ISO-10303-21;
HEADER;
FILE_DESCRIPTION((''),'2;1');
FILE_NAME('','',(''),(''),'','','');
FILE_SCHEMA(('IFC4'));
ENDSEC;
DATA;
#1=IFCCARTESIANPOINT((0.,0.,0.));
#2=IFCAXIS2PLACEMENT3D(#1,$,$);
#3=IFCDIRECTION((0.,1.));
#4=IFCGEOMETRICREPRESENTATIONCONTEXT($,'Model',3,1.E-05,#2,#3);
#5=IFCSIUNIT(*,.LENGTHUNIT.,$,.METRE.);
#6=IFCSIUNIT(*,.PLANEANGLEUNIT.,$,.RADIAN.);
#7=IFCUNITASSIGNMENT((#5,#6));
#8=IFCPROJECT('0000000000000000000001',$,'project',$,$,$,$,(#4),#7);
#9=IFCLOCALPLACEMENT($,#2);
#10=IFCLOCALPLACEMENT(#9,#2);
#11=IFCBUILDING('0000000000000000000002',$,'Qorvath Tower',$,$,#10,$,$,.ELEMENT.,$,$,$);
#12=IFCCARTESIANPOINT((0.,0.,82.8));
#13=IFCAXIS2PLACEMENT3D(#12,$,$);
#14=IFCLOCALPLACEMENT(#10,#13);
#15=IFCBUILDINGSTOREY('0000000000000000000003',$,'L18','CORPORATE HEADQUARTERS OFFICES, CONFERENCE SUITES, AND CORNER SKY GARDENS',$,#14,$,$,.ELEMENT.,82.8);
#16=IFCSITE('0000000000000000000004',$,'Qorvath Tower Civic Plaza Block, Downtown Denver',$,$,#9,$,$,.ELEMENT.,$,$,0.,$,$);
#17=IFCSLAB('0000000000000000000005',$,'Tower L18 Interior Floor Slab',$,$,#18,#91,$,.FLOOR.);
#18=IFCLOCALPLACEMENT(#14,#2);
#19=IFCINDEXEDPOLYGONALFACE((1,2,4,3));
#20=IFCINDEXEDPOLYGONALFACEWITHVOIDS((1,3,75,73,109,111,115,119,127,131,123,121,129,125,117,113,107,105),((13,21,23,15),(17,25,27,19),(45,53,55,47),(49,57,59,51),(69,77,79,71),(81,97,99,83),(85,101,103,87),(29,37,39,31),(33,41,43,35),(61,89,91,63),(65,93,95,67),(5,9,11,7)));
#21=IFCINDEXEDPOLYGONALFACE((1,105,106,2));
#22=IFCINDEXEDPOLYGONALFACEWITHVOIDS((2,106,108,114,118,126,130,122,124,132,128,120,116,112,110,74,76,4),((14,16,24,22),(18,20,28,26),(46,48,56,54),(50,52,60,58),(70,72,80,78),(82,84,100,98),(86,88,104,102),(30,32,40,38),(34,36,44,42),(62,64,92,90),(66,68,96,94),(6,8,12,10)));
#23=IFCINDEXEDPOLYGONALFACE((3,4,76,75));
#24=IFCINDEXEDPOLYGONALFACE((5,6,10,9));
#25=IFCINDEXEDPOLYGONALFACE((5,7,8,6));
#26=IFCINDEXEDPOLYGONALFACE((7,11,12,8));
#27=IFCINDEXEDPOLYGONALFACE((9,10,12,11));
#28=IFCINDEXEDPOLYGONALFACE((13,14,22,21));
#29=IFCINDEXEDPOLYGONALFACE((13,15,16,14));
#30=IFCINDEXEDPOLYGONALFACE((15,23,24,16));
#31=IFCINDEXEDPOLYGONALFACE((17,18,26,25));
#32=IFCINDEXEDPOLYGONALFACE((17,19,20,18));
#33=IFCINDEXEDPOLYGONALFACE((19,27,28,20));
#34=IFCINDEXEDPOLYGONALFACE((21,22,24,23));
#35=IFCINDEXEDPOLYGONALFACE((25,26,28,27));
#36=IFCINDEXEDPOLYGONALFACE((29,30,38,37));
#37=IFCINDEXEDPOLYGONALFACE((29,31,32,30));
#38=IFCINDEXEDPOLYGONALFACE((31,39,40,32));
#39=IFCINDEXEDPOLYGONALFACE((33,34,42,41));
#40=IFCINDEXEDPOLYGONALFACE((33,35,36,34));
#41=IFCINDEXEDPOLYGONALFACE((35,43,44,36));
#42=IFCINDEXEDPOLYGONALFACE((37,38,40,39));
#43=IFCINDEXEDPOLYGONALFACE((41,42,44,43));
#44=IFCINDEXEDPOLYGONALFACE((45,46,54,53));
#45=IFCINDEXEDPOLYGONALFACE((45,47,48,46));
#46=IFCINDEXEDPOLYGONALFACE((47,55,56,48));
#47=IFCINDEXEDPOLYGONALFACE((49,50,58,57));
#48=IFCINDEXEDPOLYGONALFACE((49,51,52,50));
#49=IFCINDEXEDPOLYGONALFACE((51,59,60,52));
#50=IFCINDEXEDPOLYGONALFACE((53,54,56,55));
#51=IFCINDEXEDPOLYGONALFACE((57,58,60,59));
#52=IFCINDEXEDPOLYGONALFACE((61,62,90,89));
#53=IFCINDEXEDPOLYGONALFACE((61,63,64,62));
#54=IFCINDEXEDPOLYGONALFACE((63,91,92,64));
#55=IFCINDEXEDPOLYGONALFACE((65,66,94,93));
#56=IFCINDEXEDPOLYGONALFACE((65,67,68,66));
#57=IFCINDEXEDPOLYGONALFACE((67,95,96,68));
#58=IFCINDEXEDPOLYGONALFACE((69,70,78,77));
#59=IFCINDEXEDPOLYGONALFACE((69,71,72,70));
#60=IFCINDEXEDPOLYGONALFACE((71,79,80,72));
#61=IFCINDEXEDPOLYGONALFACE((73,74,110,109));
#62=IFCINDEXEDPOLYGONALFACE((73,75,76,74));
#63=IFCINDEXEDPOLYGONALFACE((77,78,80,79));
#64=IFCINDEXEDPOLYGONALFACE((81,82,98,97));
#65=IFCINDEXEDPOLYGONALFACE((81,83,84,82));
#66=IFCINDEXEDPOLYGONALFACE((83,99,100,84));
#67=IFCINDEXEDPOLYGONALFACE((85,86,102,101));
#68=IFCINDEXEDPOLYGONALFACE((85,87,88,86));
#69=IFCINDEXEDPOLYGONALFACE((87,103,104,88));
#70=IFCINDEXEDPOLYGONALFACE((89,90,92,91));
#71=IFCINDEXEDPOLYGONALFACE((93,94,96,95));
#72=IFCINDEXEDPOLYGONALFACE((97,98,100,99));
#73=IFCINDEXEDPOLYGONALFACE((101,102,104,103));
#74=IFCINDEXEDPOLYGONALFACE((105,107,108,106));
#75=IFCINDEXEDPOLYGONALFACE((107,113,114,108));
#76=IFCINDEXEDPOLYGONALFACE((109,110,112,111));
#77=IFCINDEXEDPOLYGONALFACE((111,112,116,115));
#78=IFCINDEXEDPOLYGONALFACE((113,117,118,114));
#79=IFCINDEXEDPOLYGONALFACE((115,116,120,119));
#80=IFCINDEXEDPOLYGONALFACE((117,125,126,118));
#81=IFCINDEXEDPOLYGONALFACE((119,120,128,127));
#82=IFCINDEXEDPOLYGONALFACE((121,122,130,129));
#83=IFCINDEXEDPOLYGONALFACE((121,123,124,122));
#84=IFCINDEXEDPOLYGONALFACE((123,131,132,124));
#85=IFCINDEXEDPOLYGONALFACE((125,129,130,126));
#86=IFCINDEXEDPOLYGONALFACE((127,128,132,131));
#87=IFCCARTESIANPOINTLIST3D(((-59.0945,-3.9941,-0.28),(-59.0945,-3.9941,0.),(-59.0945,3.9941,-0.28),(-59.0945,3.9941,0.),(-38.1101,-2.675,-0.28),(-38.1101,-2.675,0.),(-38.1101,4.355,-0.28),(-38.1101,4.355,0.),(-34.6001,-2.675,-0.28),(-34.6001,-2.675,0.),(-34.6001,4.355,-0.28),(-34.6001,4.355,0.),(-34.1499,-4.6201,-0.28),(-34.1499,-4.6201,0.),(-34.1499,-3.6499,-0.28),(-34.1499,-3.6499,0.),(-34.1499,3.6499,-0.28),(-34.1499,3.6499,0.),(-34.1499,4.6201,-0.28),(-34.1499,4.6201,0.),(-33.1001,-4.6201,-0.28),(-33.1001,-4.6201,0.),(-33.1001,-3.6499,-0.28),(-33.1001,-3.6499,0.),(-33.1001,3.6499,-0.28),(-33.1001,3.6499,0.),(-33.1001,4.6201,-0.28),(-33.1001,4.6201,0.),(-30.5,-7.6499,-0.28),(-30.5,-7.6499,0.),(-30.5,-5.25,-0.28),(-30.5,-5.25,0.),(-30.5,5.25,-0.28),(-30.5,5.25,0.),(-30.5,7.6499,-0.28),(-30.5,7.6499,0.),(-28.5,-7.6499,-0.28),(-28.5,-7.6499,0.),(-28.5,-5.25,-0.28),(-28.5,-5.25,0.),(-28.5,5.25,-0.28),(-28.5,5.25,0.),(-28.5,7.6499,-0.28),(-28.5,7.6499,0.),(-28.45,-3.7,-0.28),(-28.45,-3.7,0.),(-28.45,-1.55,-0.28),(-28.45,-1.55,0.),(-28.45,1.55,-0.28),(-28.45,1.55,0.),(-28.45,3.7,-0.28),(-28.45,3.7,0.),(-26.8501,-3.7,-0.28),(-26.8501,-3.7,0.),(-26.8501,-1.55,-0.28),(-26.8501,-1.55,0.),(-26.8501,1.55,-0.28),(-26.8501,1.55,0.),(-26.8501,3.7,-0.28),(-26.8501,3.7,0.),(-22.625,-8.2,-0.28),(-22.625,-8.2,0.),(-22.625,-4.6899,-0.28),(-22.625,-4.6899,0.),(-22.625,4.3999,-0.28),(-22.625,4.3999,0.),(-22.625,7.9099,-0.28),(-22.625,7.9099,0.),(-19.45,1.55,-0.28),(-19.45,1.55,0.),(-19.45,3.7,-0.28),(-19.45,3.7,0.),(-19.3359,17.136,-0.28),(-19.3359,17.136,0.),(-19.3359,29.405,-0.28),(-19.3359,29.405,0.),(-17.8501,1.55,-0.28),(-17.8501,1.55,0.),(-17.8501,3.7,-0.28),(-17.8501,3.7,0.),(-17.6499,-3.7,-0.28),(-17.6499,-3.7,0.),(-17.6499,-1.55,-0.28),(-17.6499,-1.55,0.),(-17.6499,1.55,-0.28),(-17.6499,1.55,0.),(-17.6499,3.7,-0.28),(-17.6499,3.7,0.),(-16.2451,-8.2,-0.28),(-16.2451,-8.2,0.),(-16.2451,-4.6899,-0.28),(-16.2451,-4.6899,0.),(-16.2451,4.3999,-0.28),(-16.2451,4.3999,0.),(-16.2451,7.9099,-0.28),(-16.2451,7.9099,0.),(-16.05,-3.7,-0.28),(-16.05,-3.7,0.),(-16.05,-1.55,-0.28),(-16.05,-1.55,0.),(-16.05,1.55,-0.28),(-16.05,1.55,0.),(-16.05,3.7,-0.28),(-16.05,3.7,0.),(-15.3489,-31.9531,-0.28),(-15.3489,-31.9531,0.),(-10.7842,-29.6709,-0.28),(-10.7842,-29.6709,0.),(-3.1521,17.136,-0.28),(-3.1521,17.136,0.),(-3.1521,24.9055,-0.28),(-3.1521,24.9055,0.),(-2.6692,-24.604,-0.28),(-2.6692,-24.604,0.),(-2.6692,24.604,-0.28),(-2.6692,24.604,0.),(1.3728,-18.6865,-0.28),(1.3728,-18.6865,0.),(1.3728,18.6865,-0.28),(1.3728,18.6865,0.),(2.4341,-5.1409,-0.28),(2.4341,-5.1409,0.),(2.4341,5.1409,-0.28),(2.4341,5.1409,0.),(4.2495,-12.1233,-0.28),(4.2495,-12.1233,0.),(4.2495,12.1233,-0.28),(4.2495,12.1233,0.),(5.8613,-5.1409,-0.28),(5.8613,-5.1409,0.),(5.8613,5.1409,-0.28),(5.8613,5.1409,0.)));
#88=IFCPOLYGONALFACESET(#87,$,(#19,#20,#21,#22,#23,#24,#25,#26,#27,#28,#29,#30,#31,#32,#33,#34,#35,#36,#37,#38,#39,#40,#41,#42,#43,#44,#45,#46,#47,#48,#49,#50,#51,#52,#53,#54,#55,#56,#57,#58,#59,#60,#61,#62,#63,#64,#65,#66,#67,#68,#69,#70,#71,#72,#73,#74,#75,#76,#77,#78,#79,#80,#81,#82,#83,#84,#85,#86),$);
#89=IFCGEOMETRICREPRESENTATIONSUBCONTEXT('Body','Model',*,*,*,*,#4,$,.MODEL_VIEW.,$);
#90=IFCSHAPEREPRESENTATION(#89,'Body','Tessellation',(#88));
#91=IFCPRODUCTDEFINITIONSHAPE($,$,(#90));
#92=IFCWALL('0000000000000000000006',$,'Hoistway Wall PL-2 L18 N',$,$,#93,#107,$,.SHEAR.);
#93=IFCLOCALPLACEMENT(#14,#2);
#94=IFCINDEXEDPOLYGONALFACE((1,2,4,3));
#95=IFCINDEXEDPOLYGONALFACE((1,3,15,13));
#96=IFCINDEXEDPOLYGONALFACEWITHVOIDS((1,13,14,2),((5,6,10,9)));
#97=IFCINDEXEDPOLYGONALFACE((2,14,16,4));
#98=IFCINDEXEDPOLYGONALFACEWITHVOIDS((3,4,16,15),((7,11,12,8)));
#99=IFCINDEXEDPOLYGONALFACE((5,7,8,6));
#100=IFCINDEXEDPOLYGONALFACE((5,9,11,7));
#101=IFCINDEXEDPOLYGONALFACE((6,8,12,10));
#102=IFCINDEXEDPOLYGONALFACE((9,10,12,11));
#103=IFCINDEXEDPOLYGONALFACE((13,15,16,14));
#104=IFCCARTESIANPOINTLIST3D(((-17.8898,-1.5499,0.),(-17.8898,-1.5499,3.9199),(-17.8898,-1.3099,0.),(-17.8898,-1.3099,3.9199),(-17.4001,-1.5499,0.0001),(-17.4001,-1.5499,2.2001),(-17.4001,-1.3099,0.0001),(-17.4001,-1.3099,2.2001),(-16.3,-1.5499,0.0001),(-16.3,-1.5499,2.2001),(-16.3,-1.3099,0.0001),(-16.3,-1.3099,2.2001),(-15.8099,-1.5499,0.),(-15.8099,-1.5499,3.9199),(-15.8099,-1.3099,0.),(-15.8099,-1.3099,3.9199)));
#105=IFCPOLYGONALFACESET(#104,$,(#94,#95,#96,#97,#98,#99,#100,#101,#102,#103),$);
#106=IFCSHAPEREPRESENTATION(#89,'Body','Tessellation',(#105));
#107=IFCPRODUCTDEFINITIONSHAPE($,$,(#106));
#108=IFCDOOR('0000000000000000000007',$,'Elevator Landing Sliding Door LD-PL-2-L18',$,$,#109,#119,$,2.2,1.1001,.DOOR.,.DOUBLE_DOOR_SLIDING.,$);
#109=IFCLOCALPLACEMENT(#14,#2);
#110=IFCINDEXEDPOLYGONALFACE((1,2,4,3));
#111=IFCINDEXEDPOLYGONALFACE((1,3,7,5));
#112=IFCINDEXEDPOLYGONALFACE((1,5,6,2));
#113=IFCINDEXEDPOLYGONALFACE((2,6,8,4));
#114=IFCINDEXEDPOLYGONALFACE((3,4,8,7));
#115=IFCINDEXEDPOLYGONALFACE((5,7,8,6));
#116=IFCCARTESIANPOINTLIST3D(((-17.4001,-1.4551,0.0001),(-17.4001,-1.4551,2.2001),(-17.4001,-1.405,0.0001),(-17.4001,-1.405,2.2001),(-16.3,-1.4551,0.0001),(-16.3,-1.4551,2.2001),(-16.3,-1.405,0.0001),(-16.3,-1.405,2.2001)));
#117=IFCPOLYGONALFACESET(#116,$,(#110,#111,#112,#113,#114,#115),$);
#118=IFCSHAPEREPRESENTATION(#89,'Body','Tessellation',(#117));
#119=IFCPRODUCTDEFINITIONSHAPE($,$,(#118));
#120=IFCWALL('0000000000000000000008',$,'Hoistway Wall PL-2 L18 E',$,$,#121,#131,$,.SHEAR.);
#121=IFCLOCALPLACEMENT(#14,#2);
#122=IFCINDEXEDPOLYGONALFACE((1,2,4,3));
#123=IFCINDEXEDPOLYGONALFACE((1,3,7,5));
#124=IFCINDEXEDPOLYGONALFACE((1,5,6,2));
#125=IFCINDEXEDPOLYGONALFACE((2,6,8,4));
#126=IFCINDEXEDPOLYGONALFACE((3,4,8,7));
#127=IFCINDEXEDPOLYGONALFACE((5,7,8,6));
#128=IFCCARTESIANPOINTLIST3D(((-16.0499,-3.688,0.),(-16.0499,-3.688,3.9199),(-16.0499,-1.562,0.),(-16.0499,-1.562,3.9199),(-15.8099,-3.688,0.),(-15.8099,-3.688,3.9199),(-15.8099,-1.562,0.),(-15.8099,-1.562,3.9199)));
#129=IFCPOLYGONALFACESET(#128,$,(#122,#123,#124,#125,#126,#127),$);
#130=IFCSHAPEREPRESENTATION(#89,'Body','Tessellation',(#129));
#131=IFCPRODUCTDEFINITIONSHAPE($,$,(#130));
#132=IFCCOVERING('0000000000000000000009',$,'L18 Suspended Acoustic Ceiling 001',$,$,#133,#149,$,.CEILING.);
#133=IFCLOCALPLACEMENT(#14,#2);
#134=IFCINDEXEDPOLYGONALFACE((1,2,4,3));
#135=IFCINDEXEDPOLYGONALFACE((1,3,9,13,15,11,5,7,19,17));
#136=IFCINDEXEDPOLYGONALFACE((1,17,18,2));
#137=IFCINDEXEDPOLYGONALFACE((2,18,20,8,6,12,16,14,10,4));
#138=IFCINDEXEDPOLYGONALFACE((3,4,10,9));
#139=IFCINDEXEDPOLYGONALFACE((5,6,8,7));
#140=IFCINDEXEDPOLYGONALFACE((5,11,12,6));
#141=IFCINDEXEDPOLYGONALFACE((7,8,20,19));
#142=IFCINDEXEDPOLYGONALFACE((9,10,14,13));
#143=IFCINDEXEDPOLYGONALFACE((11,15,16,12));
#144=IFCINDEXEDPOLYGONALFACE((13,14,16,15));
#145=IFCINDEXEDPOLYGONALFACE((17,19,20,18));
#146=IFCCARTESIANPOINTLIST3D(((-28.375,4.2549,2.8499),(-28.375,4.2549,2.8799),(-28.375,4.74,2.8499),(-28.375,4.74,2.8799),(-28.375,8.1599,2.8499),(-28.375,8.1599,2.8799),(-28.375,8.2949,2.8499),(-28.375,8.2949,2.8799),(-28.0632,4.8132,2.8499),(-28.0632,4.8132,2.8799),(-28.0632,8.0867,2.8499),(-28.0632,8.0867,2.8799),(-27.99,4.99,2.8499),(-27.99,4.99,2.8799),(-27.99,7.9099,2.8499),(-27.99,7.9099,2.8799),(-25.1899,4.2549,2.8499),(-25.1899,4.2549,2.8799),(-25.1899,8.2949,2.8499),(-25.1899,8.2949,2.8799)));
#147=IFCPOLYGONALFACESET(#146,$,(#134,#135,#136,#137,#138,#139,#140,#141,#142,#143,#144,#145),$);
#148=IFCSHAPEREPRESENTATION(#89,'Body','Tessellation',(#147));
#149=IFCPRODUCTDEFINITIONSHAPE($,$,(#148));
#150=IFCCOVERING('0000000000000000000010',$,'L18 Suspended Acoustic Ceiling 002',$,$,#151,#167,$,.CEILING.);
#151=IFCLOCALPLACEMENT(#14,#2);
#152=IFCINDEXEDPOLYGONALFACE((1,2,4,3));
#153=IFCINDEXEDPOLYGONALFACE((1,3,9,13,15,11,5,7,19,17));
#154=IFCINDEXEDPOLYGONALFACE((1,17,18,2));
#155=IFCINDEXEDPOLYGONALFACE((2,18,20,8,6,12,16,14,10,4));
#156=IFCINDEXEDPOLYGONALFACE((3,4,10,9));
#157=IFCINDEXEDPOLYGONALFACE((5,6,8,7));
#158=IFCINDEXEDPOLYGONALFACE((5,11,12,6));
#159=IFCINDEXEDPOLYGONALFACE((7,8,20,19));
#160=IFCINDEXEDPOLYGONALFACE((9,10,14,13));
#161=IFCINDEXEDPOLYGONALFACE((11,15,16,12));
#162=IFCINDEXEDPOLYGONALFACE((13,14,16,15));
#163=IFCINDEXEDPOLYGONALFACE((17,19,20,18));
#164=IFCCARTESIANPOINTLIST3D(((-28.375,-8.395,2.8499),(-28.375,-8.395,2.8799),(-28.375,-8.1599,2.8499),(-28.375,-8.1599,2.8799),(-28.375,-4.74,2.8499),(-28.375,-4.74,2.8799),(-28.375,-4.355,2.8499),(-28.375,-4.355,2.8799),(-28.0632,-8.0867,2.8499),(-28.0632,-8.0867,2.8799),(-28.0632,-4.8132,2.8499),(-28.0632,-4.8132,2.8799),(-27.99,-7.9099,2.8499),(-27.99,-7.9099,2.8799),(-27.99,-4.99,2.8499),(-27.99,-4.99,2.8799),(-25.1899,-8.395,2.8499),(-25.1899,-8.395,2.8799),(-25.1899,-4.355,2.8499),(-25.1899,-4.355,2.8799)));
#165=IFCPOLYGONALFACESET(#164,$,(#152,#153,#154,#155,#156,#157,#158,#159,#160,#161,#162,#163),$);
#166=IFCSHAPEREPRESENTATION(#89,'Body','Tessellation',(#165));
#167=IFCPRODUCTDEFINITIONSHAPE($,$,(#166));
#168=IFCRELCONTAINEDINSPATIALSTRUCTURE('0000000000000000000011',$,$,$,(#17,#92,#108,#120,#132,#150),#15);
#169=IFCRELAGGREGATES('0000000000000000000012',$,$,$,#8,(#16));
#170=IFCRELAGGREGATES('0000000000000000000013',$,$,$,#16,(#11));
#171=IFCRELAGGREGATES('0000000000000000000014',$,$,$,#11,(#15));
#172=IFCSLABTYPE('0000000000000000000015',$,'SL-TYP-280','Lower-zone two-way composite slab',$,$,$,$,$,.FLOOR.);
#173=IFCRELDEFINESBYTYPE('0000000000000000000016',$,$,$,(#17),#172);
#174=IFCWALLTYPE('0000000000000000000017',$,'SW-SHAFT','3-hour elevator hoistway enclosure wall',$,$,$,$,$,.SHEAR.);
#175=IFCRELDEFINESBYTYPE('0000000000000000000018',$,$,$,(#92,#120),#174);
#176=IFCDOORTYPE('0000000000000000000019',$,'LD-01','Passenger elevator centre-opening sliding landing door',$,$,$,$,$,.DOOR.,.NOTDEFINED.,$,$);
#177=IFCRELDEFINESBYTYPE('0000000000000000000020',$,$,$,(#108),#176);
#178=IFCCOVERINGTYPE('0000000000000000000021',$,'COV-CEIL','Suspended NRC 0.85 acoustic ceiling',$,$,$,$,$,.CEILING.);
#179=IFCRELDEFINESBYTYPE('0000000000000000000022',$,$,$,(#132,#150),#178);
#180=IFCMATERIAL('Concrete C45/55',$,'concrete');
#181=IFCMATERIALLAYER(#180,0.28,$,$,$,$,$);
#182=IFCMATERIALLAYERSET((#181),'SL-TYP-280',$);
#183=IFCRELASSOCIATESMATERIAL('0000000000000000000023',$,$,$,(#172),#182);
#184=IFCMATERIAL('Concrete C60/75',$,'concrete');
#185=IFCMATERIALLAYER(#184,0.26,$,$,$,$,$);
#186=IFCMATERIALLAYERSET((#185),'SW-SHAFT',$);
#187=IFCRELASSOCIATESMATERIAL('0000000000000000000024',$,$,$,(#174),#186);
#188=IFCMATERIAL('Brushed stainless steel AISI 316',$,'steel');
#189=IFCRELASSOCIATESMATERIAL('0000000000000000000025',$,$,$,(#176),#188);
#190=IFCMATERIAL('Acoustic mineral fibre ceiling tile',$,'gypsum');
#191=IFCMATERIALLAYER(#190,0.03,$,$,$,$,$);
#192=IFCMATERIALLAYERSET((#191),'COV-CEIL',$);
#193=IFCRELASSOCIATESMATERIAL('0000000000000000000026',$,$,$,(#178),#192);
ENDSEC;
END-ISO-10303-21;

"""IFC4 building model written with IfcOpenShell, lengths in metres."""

from ifc_helpers import new_model, si_unit, direction, frame, frame_2d, origin, place, context, subcontext, project, spatial, polyline, rectangle, outline, extrude, material, layer, layer_set, type_object, element, fill, save


model = new_model("IFC4")

# Units and contexts
model_context = context("Model", 3, precision=1e-05, world=origin(), true_north=direction((0.0, 1.0)))
body_context = subcontext(model_context, "Body", "Model", "MODEL_VIEW")
ifc_project = project(units=[si_unit("LENGTHUNIT", "METRE"), si_unit("PLANEANGLEUNIT", "RADIAN")], contexts=[model_context])

# Site, building, storey
site_placement = place(None, origin())
site = spatial("IfcSite", under=ifc_project, at=site_placement, Name="Qorvath Tower Civic Plaza Block, Downtown Denver", CompositionType="ELEMENT", RefElevation=0.0)
building_placement = place(site_placement, origin())
building = spatial("IfcBuilding", under=site, at=building_placement, Name="Qorvath Tower", CompositionType="ELEMENT")
storey_placement = place(building_placement, frame((0.0, 0.0, 82.8)))
storey = spatial("IfcBuildingStorey", under=building, at=storey_placement, Name="L18", Description="CORPORATE HEADQUARTERS OFFICES, CONFERENCE SUITES, AND CORNER SKY GARDENS", CompositionType="ELEMENT", Elevation=82.8)

# Slab
ifc_material_1 = material(Name="Concrete C45/55", Category="concrete")
ifc_layer_1 = layer(ifc_material_1, 0.28)
ifc_layer_set_1 = layer_set([ifc_layer_1], Name="SL-TYP-280")
slab_type_1 = type_object("IfcSlabType", Name="SL-TYP-280", Description="Lower-zone two-way composite slab", PredefinedType="FLOOR", material=ifc_layer_set_1)
slab_1_placement = place(storey_placement, frame((0.0, 0.0, -0.28)))
element("IfcSlab", 1, at=slab_1_placement, inside=storey, type_object=slab_type_1, Name="Tower L18 Interior Floor Slab", PredefinedType="FLOOR", context=body_context, shape_type="SweptSolid", body=[
    extrude(outline(polyline([(-2.6692, 24.604), (-3.1521, 24.9055), (-3.1521, 17.136), (-19.3359, 17.136), (-19.3359, 29.405), (-59.0945, 3.9941), (-59.0945, -3.9941), (-15.3489, -31.9531), (-10.7842, -29.6709), (-2.6692, -24.604), (1.3728, -18.6865), (4.2495, -12.1233), (5.8613, -5.1409), (2.4341, -5.1409), (2.4341, 5.1409), (5.8613, 5.1409), (4.2495, 12.1233), (1.3728, 18.6865), (-2.6692, 24.604)]), holes=[polyline([(-17.6499, -3.7), (-17.6499, -1.55), (-16.05, -1.55), (-16.05, -3.7), (-17.6499, -3.7)]), polyline([(-17.6499, 1.55), (-17.6499, 3.7), (-16.05, 3.7), (-16.05, 1.55), (-17.6499, 1.55)]), polyline([(-16.2451, -8.2), (-22.625, -8.2), (-22.625, -4.6899), (-16.2451, -4.6899), (-16.2451, -8.2)]), polyline([(-22.625, 4.3999), (-22.625, 7.9099), (-16.2451, 7.9099), (-16.2451, 4.3999), (-22.625, 4.3999)]), polyline([(-17.8501, 1.55), (-19.45, 1.55), (-19.45, 3.7), (-17.8501, 3.7), (-17.8501, 1.55)]), polyline([(-28.45, -3.7), (-28.45, -1.55), (-26.8501, -1.55), (-26.8501, -3.7), (-28.45, -3.7)]), polyline([(-26.8501, 1.55), (-28.45, 1.55), (-28.45, 3.7), (-26.8501, 3.7), (-26.8501, 1.55)]), polyline([(-28.5, -7.6499), (-30.5, -7.6499), (-30.5, -5.25), (-28.5, -5.25), (-28.5, -7.6499)]), polyline([(-30.5, 5.25), (-30.5, 7.6499), (-28.5, 7.6499), (-28.5, 5.25), (-30.5, 5.25)]), polyline([(-34.1499, -4.6201), (-34.1499, -3.6499), (-33.1001, -3.6499), (-33.1001, -4.6201), (-34.1499, -4.6201)]), polyline([(-34.1499, 3.6499), (-34.1499, 4.6201), (-33.1001, 4.6201), (-33.1001, 3.6499), (-34.1499, 3.6499)]), polyline([(-34.6001, -2.675), (-38.1101, -2.675), (-38.1101, 4.355), (-34.6001, 4.355), (-34.6001, -2.675)])]), origin(), (0.0, 0.0, 1.0), 0.28),
])

# Wall, opening, door
ifc_material_2 = material(Name="Concrete C60/75", Category="concrete")
ifc_layer_2 = layer(ifc_material_2, 0.26)
ifc_layer_set_2 = layer_set([ifc_layer_2], Name="SW-SHAFT")
wall_type = type_object("IfcWallType", Name="SW-SHAFT", Description="3-hour elevator hoistway enclosure wall", PredefinedType="SHEAR", material=ifc_layer_set_2)
wall_1_placement = place(storey_placement, frame((-17.8899, -1.4299, 0.0), z_axis=(0.0, 0.0, 1.0), x_axis=(1.0, 0.0, 0.0)))
wall_1 = element("IfcWall", 2, at=wall_1_placement, inside=storey, type_object=wall_type, Name="Hoistway Wall PL-2 L18 N", PredefinedType="SHEAR", context=body_context, shape_type="SweptSolid", body=[
    extrude(rectangle(XDim=2.0798, YDim=0.24, at=frame_2d((1.04, 0.0))), origin(), (0.0, 0.0, 1.0), 3.9199),
])
opening_placement = place(wall_1_placement, frame((0.4897, 0.0, 0.0)))
opening = element("IfcOpeningElement", 3, at=opening_placement, cuts=wall_1, PredefinedType="OPENING", context=body_context, shape_type="SweptSolid", body=[
    extrude(rectangle(XDim=1.1001, YDim=2.2, at=frame_2d((0.55, 1.1001))), frame((0.0, 0.1299, 0.0), z_axis=(0.0, -1.0, 0.0), x_axis=(1.0, 0.0, 0.0)), (0.0, 0.0, 1.0), 0.26),
])
ifc_material_3 = material(Name="Brushed stainless steel AISI 316", Category="steel")
door_type = type_object("IfcDoorType", Name="LD-01", Description="Passenger elevator centre-opening sliding landing door", OperationType="NOTDEFINED", PredefinedType="DOOR", material=ifc_material_3)
door_placement = place(opening_placement, origin())
door = element("IfcDoor", 4, at=door_placement, inside=storey, type_object=door_type, Name="Elevator Landing Sliding Door LD-PL-2-L18", OperationType="DOUBLE_DOOR_SLIDING", OverallHeight=2.2, OverallWidth=1.1001, PredefinedType="DOOR", context=body_context, shape_type="SweptSolid", body=[
    extrude(rectangle(XDim=1.1001, YDim=2.2, at=frame_2d((0.55, 1.1001))), frame((0.0, 0.0249, 0.0), z_axis=(0.0, -1.0, 0.0), x_axis=(1.0, 0.0, 0.0)), (0.0, 0.0, 1.0), 0.05),
])
fill(opening, door)

# Wall
wall_2_placement = place(storey_placement, frame((-15.9299, -1.562, 0.0), z_axis=(0.0, 0.0, 1.0), x_axis=(0.0, -1.0, 0.0)))
element("IfcWall", 5, at=wall_2_placement, inside=storey, type_object=wall_type, Name="Hoistway Wall PL-2 L18 E", PredefinedType="SHEAR", context=body_context, shape_type="SweptSolid", body=[
    extrude(rectangle(XDim=2.126, YDim=0.24, at=frame_2d((1.063, 0.0))), origin(), (0.0, 0.0, 1.0), 3.9199),
])

# Coverings
ifc_material_4 = material(Name="Acoustic mineral fibre ceiling tile", Category="gypsum")
ifc_layer_3 = layer(ifc_material_4, 0.03)
ifc_layer_set_3 = layer_set([ifc_layer_3], Name="COV-CEIL")
covering_type_1 = type_object("IfcCoveringType", Name="COV-CEIL", Description="Suspended NRC 0.85 acoustic ceiling", PredefinedType="CEILING", material=ifc_layer_set_3)
covering_1_placement = place(storey_placement, frame((0.0, 0.0, 2.8499)))
element("IfcCovering", 6, at=covering_1_placement, inside=storey, type_object=covering_type_1, Name="L18 Suspended Acoustic Ceiling 001", PredefinedType="CEILING", context=body_context, shape_type="SweptSolid", body=[
    extrude(outline(polyline([(-25.1899, 4.2549), (-25.1899, 8.2949), (-28.375, 8.2949), (-28.375, 8.1599), (-28.0632, 8.0867), (-27.99, 7.9099), (-27.99, 4.99), (-28.0632, 4.8132), (-28.375, 4.74), (-28.375, 4.2549), (-25.1899, 4.2549)])), origin(), (0.0, 0.0, 1.0), 0.03),
])
covering_2_placement = place(storey_placement, frame((0.0, 0.0, 2.8499)))
element("IfcCovering", 7, at=covering_2_placement, inside=storey, type_object=covering_type_1, Name="L18 Suspended Acoustic Ceiling 002", PredefinedType="CEILING", context=body_context, shape_type="SweptSolid", body=[
    extrude(outline(polyline([(-25.1899, -8.395), (-25.1899, -4.355), (-28.375, -4.355), (-28.375, -4.74), (-28.0632, -4.8132), (-27.99, -4.99), (-27.99, -7.9099), (-28.0632, -8.0867), (-28.375, -8.1599), (-28.375, -8.395), (-25.1899, -8.395)])), origin(), (0.0, 0.0, 1.0), 0.03),
])

save(model, "model.ifc")
